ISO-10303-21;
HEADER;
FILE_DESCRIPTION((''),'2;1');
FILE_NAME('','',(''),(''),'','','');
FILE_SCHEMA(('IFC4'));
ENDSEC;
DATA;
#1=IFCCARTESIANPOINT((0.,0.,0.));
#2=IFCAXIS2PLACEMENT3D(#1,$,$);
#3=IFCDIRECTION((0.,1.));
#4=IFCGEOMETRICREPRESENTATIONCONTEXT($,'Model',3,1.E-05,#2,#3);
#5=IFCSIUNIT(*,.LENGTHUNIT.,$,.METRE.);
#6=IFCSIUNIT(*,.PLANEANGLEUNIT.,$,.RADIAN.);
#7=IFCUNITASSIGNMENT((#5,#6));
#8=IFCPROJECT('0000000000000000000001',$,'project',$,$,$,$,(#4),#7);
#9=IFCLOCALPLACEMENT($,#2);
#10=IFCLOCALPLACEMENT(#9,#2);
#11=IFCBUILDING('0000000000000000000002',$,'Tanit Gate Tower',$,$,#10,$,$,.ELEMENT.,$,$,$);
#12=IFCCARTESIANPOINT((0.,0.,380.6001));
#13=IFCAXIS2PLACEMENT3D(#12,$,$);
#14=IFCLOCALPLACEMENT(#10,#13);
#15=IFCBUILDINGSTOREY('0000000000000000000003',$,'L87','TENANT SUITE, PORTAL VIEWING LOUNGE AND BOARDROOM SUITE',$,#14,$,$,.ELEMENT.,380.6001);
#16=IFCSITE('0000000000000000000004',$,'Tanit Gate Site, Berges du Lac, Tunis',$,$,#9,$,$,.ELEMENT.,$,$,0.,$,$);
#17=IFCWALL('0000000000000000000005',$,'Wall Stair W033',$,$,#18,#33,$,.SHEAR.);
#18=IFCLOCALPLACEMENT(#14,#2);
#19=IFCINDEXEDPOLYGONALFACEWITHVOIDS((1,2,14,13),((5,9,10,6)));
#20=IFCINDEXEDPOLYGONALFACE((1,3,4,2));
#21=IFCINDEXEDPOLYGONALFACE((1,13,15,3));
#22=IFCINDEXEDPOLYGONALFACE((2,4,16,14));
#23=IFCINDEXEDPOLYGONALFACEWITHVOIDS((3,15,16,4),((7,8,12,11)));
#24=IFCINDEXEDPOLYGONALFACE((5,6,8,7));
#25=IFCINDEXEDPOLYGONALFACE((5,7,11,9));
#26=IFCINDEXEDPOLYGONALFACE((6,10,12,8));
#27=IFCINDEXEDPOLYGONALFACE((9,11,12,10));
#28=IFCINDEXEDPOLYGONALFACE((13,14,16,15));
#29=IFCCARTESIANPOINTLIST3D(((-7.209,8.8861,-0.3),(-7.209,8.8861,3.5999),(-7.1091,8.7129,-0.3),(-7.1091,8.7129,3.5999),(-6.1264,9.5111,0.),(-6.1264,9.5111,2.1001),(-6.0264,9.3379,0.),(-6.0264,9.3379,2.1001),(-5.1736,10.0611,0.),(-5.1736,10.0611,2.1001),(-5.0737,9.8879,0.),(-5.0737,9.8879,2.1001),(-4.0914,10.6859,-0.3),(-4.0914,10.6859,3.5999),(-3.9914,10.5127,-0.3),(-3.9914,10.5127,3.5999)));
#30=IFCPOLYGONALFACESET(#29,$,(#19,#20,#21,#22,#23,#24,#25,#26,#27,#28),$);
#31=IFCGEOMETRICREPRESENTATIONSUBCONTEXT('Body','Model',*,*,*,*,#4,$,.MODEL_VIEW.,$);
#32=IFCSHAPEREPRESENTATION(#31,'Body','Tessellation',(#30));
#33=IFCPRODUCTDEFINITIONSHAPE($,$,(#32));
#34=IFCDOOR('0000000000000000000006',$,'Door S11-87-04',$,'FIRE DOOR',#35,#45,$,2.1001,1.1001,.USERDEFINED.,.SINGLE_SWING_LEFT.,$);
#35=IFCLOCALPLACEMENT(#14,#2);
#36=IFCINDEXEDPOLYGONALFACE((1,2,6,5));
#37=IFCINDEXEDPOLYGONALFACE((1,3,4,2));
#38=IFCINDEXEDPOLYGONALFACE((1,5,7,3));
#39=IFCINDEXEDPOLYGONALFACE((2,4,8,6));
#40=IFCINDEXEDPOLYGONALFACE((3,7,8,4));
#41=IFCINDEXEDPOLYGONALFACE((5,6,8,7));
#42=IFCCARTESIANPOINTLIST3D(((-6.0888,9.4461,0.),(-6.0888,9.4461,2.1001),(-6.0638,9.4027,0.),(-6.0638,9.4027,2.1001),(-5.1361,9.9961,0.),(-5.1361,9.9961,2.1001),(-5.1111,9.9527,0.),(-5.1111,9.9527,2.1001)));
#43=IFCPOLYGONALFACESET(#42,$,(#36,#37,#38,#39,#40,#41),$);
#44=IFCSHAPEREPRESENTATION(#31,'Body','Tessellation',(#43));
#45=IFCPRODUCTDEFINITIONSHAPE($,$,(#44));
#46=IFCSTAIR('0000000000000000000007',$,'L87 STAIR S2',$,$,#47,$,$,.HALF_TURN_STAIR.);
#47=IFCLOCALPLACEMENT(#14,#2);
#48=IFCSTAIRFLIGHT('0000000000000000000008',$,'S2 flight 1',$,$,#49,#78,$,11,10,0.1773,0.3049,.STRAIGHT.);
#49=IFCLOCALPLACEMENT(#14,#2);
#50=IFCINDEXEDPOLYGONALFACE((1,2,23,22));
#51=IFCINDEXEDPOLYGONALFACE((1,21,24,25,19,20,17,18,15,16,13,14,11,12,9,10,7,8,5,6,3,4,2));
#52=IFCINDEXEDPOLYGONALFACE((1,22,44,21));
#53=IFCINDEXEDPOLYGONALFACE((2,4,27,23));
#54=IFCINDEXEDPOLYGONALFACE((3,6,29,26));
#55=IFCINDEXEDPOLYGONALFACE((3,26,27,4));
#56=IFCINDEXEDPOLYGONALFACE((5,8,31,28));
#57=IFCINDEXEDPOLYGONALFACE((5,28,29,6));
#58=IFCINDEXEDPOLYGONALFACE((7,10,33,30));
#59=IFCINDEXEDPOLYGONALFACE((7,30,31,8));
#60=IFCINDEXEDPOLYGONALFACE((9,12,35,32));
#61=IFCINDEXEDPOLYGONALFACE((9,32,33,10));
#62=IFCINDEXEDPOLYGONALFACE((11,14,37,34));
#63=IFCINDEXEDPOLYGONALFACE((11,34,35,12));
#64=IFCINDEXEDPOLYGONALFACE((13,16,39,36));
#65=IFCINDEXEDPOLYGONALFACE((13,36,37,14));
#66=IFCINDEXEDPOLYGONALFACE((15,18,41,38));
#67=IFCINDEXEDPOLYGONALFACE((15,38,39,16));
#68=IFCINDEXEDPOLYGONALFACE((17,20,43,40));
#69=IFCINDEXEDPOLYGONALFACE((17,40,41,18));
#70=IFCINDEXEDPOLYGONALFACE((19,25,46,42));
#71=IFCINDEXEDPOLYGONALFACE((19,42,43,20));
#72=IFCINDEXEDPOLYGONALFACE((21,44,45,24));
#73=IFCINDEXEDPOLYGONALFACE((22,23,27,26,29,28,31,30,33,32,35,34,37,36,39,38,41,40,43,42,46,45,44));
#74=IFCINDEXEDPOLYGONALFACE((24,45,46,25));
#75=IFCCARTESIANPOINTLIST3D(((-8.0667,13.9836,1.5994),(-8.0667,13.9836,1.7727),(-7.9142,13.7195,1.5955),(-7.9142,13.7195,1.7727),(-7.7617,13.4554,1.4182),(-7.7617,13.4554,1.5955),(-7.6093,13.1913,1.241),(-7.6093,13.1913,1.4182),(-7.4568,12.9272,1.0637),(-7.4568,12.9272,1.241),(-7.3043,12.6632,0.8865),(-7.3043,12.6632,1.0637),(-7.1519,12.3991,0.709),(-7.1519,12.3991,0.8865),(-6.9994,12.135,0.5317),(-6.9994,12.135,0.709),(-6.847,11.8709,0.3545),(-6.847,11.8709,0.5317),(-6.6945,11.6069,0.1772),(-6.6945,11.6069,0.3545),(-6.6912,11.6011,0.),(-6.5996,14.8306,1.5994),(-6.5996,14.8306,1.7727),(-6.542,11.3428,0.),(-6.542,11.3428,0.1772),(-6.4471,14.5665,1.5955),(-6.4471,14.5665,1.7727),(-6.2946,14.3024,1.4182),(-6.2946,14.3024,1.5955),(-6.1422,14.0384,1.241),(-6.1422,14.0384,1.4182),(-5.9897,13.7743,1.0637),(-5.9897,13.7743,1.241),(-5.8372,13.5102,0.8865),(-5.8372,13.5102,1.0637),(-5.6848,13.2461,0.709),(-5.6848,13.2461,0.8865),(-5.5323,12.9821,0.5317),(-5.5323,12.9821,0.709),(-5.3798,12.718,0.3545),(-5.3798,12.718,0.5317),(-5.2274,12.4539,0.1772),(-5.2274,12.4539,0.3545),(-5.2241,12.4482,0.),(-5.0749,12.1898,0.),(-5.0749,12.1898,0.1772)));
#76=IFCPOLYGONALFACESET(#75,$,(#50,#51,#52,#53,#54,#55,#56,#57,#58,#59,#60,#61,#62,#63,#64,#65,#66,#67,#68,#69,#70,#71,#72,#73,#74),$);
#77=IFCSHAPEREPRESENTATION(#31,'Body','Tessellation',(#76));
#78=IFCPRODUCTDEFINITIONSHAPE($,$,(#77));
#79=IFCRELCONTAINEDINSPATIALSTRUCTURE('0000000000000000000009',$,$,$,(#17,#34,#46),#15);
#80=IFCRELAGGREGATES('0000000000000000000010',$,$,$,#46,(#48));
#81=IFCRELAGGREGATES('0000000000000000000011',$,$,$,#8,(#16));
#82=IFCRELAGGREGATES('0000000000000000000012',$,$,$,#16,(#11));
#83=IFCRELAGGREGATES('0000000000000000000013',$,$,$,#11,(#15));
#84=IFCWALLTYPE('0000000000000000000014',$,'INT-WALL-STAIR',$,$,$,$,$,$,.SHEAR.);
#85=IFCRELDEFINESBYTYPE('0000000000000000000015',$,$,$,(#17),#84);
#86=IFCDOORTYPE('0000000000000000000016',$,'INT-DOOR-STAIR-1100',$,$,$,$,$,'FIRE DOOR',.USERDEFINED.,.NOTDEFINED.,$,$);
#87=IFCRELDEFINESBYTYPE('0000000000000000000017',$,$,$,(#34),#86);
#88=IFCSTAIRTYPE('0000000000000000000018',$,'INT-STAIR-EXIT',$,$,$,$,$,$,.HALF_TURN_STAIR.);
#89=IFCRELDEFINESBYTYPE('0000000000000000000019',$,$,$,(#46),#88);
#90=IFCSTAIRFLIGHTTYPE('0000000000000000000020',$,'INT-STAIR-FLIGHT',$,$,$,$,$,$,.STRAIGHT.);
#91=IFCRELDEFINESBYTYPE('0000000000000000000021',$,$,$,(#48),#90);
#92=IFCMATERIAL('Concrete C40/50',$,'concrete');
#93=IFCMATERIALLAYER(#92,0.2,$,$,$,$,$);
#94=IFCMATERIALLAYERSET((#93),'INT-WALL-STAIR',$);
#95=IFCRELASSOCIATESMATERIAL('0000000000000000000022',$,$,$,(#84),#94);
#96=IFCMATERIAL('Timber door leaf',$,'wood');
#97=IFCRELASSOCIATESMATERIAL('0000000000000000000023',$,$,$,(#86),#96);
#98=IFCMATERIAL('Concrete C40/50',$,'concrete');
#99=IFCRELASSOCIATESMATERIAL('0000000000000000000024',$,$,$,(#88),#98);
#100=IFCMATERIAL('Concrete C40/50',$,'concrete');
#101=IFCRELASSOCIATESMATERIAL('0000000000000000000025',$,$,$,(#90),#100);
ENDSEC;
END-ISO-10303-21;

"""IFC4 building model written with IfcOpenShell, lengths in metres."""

from ifc_helpers import new_model, si_unit, direction, frame, frame_2d, origin, place, context, subcontext, project, spatial, polyline, rectangle, outline, extrude, material, layer, layer_set, type_object, element, fill, aggregate, save


model = new_model("IFC4")

# Units and contexts
model_context = context("Model", 3, precision=1e-05, world=origin(), true_north=direction((0.0, 1.0)))
body_context = subcontext(model_context, "Body", "Model", "MODEL_VIEW")
ifc_project = project(units=[si_unit("LENGTHUNIT", "METRE"), si_unit("PLANEANGLEUNIT", "RADIAN")], contexts=[model_context])

# Site, building, storey
site_placement = place(None, origin())
site = spatial("IfcSite", under=ifc_project, at=site_placement, Name="Tanit Gate Site, Berges du Lac, Tunis", CompositionType="ELEMENT", RefElevation=0.0)
building_placement = place(site_placement, origin())
building = spatial("IfcBuilding", under=site, at=building_placement, Name="Tanit Gate Tower", CompositionType="ELEMENT")
storey_placement = place(building_placement, frame((0.0, 0.0, 380.6001)))
storey = spatial("IfcBuildingStorey", under=building, at=storey_placement, Name="L87", Description="TENANT SUITE, PORTAL VIEWING LOUNGE AND BOARDROOM SUITE", CompositionType="ELEMENT", Elevation=380.6001)

# Wall, opening, door
ifc_material_1 = material(Name="Concrete C40/50", Category="concrete")
ifc_layer_1 = layer(ifc_material_1, 0.2)
ifc_layer_set_1 = layer_set([ifc_layer_1], Name="INT-WALL-STAIR")
wall_type_1 = type_object("IfcWallType", Name="INT-WALL-STAIR", PredefinedType="SHEAR", material=ifc_layer_set_1)
wall_1_placement = place(storey_placement, frame((-7.1589, 8.7996, -0.3), z_axis=(0.0, 0.0, 1.0), x_axis=(0.866048, 0.499961, 0.0)))
wall_1 = element("IfcWall", 1, at=wall_1_placement, inside=storey, type_object=wall_type_1, Name="Wall Stair W033", PredefinedType="SHEAR", context=body_context, shape_type="SweptSolid", body=[
    extrude(rectangle(XDim=3.5999, YDim=0.2, at=frame_2d((1.7998, 0.0))), origin(), (0.0, 0.0, 1.0), 3.8999),
])
opening_1_placement = place(wall_1_placement, frame((1.25, 0.0, 0.3)))
opening_1 = element("IfcOpeningElement", 2, at=opening_1_placement, cuts=wall_1, PredefinedType="OPENING", context=body_context, shape_type="SweptSolid", body=[
    extrude(rectangle(XDim=1.1001, YDim=2.1001, at=frame_2d((0.55, 1.05))), frame((0.0, 0.1099, 0.0), z_axis=(0.0, -1.0, 0.0), x_axis=(1.0, 0.0, 0.0)), (0.0, 0.0, 1.0), 0.22),
])
ifc_material_2 = material(Name="Timber door leaf", Category="wood")
door_type_1 = type_object("IfcDoorType", Name="INT-DOOR-STAIR-1100", ElementType="FIRE DOOR", OperationType="NOTDEFINED", PredefinedType="USERDEFINED", material=ifc_material_2)
door_1_placement = place(opening_1_placement, origin())
door_1 = element("IfcDoor", 3, at=door_1_placement, inside=storey, type_object=door_type_1, Name="Door S11-87-04", ObjectType="FIRE DOOR", OperationType="SINGLE_SWING_LEFT", OverallHeight=2.1001, OverallWidth=1.1001, PredefinedType="USERDEFINED", context=body_context, shape_type="SweptSolid", body=[
    extrude(rectangle(XDim=1.1001, YDim=2.1001, at=frame_2d((0.55, 1.05))), frame((0.0, 0.0249, 0.0), z_axis=(0.0, -1.0, 0.0), x_axis=(1.0, 0.0, 0.0)), (0.0, 0.0, 1.0), 0.05),
])
fill(opening_1, door_1)

# Stair, stair flight
ifc_material_3 = material(Name="Concrete C40/50", Category="concrete")
stair_type = type_object("IfcStairType", Name="INT-STAIR-EXIT", PredefinedType="HALF_TURN_STAIR", material=ifc_material_3)
stair_placement = place(storey_placement, origin())
stair = element("IfcStair", 4, at=stair_placement, inside=storey, type_object=stair_type, Name="L87 STAIR S2", PredefinedType="HALF_TURN_STAIR")
ifc_material_4 = material(Name="Concrete C40/50", Category="concrete")
stair_flight_type = type_object("IfcStairFlightType", Name="INT-STAIR-FLIGHT", PredefinedType="STRAIGHT", material=ifc_material_4)
stair_flight_placement = place(storey_placement, frame((-5.8083, 11.7664, 0.0), z_axis=(0.0, 0.0, 1.0), x_axis=(-0.5, 0.866025, 0.0)))
stair_flight = element("IfcStairFlight", 5, at=stair_flight_placement, type_object=stair_flight_type, Name="S2 flight 1", NumberOfRisers=11, NumberOfTreads=10, PredefinedType="STRAIGHT", RiserHeight=0.1773, TreadLength=0.3049, context=body_context, shape_type="SweptSolid", body=[
    extrude(outline(polyline([(0.0, 0.0), (0.0, 0.1772), (0.3049, 0.1772), (0.3049, 0.3545), (0.6099, 0.3545), (0.6099, 0.5317), (0.9148, 0.5317), (0.9148, 0.709), (1.2197, 0.709), (1.2197, 0.8865), (1.5247, 0.8865), (1.5247, 1.0637), (1.8296, 1.0637), (1.8296, 1.241), (2.1345, 1.241), (2.1345, 1.4182), (2.4395, 1.4182), (2.4395, 1.5955), (2.7444, 1.5955), (2.7444, 1.7727), (3.0493, 1.7727), (3.0493, 1.95), (3.0493, 1.5994), (0.2983, 0.0), (0.0, 0.0)])), frame((0.0, 0.8472, 0.0), z_axis=(0.0, -1.0, 0.0), x_axis=(1.0, 0.0, 0.0)), (0.0, 0.0, 1.0), 1.6941),
])
aggregate(stair, [stair_flight])

save(model, "model.ifc")
